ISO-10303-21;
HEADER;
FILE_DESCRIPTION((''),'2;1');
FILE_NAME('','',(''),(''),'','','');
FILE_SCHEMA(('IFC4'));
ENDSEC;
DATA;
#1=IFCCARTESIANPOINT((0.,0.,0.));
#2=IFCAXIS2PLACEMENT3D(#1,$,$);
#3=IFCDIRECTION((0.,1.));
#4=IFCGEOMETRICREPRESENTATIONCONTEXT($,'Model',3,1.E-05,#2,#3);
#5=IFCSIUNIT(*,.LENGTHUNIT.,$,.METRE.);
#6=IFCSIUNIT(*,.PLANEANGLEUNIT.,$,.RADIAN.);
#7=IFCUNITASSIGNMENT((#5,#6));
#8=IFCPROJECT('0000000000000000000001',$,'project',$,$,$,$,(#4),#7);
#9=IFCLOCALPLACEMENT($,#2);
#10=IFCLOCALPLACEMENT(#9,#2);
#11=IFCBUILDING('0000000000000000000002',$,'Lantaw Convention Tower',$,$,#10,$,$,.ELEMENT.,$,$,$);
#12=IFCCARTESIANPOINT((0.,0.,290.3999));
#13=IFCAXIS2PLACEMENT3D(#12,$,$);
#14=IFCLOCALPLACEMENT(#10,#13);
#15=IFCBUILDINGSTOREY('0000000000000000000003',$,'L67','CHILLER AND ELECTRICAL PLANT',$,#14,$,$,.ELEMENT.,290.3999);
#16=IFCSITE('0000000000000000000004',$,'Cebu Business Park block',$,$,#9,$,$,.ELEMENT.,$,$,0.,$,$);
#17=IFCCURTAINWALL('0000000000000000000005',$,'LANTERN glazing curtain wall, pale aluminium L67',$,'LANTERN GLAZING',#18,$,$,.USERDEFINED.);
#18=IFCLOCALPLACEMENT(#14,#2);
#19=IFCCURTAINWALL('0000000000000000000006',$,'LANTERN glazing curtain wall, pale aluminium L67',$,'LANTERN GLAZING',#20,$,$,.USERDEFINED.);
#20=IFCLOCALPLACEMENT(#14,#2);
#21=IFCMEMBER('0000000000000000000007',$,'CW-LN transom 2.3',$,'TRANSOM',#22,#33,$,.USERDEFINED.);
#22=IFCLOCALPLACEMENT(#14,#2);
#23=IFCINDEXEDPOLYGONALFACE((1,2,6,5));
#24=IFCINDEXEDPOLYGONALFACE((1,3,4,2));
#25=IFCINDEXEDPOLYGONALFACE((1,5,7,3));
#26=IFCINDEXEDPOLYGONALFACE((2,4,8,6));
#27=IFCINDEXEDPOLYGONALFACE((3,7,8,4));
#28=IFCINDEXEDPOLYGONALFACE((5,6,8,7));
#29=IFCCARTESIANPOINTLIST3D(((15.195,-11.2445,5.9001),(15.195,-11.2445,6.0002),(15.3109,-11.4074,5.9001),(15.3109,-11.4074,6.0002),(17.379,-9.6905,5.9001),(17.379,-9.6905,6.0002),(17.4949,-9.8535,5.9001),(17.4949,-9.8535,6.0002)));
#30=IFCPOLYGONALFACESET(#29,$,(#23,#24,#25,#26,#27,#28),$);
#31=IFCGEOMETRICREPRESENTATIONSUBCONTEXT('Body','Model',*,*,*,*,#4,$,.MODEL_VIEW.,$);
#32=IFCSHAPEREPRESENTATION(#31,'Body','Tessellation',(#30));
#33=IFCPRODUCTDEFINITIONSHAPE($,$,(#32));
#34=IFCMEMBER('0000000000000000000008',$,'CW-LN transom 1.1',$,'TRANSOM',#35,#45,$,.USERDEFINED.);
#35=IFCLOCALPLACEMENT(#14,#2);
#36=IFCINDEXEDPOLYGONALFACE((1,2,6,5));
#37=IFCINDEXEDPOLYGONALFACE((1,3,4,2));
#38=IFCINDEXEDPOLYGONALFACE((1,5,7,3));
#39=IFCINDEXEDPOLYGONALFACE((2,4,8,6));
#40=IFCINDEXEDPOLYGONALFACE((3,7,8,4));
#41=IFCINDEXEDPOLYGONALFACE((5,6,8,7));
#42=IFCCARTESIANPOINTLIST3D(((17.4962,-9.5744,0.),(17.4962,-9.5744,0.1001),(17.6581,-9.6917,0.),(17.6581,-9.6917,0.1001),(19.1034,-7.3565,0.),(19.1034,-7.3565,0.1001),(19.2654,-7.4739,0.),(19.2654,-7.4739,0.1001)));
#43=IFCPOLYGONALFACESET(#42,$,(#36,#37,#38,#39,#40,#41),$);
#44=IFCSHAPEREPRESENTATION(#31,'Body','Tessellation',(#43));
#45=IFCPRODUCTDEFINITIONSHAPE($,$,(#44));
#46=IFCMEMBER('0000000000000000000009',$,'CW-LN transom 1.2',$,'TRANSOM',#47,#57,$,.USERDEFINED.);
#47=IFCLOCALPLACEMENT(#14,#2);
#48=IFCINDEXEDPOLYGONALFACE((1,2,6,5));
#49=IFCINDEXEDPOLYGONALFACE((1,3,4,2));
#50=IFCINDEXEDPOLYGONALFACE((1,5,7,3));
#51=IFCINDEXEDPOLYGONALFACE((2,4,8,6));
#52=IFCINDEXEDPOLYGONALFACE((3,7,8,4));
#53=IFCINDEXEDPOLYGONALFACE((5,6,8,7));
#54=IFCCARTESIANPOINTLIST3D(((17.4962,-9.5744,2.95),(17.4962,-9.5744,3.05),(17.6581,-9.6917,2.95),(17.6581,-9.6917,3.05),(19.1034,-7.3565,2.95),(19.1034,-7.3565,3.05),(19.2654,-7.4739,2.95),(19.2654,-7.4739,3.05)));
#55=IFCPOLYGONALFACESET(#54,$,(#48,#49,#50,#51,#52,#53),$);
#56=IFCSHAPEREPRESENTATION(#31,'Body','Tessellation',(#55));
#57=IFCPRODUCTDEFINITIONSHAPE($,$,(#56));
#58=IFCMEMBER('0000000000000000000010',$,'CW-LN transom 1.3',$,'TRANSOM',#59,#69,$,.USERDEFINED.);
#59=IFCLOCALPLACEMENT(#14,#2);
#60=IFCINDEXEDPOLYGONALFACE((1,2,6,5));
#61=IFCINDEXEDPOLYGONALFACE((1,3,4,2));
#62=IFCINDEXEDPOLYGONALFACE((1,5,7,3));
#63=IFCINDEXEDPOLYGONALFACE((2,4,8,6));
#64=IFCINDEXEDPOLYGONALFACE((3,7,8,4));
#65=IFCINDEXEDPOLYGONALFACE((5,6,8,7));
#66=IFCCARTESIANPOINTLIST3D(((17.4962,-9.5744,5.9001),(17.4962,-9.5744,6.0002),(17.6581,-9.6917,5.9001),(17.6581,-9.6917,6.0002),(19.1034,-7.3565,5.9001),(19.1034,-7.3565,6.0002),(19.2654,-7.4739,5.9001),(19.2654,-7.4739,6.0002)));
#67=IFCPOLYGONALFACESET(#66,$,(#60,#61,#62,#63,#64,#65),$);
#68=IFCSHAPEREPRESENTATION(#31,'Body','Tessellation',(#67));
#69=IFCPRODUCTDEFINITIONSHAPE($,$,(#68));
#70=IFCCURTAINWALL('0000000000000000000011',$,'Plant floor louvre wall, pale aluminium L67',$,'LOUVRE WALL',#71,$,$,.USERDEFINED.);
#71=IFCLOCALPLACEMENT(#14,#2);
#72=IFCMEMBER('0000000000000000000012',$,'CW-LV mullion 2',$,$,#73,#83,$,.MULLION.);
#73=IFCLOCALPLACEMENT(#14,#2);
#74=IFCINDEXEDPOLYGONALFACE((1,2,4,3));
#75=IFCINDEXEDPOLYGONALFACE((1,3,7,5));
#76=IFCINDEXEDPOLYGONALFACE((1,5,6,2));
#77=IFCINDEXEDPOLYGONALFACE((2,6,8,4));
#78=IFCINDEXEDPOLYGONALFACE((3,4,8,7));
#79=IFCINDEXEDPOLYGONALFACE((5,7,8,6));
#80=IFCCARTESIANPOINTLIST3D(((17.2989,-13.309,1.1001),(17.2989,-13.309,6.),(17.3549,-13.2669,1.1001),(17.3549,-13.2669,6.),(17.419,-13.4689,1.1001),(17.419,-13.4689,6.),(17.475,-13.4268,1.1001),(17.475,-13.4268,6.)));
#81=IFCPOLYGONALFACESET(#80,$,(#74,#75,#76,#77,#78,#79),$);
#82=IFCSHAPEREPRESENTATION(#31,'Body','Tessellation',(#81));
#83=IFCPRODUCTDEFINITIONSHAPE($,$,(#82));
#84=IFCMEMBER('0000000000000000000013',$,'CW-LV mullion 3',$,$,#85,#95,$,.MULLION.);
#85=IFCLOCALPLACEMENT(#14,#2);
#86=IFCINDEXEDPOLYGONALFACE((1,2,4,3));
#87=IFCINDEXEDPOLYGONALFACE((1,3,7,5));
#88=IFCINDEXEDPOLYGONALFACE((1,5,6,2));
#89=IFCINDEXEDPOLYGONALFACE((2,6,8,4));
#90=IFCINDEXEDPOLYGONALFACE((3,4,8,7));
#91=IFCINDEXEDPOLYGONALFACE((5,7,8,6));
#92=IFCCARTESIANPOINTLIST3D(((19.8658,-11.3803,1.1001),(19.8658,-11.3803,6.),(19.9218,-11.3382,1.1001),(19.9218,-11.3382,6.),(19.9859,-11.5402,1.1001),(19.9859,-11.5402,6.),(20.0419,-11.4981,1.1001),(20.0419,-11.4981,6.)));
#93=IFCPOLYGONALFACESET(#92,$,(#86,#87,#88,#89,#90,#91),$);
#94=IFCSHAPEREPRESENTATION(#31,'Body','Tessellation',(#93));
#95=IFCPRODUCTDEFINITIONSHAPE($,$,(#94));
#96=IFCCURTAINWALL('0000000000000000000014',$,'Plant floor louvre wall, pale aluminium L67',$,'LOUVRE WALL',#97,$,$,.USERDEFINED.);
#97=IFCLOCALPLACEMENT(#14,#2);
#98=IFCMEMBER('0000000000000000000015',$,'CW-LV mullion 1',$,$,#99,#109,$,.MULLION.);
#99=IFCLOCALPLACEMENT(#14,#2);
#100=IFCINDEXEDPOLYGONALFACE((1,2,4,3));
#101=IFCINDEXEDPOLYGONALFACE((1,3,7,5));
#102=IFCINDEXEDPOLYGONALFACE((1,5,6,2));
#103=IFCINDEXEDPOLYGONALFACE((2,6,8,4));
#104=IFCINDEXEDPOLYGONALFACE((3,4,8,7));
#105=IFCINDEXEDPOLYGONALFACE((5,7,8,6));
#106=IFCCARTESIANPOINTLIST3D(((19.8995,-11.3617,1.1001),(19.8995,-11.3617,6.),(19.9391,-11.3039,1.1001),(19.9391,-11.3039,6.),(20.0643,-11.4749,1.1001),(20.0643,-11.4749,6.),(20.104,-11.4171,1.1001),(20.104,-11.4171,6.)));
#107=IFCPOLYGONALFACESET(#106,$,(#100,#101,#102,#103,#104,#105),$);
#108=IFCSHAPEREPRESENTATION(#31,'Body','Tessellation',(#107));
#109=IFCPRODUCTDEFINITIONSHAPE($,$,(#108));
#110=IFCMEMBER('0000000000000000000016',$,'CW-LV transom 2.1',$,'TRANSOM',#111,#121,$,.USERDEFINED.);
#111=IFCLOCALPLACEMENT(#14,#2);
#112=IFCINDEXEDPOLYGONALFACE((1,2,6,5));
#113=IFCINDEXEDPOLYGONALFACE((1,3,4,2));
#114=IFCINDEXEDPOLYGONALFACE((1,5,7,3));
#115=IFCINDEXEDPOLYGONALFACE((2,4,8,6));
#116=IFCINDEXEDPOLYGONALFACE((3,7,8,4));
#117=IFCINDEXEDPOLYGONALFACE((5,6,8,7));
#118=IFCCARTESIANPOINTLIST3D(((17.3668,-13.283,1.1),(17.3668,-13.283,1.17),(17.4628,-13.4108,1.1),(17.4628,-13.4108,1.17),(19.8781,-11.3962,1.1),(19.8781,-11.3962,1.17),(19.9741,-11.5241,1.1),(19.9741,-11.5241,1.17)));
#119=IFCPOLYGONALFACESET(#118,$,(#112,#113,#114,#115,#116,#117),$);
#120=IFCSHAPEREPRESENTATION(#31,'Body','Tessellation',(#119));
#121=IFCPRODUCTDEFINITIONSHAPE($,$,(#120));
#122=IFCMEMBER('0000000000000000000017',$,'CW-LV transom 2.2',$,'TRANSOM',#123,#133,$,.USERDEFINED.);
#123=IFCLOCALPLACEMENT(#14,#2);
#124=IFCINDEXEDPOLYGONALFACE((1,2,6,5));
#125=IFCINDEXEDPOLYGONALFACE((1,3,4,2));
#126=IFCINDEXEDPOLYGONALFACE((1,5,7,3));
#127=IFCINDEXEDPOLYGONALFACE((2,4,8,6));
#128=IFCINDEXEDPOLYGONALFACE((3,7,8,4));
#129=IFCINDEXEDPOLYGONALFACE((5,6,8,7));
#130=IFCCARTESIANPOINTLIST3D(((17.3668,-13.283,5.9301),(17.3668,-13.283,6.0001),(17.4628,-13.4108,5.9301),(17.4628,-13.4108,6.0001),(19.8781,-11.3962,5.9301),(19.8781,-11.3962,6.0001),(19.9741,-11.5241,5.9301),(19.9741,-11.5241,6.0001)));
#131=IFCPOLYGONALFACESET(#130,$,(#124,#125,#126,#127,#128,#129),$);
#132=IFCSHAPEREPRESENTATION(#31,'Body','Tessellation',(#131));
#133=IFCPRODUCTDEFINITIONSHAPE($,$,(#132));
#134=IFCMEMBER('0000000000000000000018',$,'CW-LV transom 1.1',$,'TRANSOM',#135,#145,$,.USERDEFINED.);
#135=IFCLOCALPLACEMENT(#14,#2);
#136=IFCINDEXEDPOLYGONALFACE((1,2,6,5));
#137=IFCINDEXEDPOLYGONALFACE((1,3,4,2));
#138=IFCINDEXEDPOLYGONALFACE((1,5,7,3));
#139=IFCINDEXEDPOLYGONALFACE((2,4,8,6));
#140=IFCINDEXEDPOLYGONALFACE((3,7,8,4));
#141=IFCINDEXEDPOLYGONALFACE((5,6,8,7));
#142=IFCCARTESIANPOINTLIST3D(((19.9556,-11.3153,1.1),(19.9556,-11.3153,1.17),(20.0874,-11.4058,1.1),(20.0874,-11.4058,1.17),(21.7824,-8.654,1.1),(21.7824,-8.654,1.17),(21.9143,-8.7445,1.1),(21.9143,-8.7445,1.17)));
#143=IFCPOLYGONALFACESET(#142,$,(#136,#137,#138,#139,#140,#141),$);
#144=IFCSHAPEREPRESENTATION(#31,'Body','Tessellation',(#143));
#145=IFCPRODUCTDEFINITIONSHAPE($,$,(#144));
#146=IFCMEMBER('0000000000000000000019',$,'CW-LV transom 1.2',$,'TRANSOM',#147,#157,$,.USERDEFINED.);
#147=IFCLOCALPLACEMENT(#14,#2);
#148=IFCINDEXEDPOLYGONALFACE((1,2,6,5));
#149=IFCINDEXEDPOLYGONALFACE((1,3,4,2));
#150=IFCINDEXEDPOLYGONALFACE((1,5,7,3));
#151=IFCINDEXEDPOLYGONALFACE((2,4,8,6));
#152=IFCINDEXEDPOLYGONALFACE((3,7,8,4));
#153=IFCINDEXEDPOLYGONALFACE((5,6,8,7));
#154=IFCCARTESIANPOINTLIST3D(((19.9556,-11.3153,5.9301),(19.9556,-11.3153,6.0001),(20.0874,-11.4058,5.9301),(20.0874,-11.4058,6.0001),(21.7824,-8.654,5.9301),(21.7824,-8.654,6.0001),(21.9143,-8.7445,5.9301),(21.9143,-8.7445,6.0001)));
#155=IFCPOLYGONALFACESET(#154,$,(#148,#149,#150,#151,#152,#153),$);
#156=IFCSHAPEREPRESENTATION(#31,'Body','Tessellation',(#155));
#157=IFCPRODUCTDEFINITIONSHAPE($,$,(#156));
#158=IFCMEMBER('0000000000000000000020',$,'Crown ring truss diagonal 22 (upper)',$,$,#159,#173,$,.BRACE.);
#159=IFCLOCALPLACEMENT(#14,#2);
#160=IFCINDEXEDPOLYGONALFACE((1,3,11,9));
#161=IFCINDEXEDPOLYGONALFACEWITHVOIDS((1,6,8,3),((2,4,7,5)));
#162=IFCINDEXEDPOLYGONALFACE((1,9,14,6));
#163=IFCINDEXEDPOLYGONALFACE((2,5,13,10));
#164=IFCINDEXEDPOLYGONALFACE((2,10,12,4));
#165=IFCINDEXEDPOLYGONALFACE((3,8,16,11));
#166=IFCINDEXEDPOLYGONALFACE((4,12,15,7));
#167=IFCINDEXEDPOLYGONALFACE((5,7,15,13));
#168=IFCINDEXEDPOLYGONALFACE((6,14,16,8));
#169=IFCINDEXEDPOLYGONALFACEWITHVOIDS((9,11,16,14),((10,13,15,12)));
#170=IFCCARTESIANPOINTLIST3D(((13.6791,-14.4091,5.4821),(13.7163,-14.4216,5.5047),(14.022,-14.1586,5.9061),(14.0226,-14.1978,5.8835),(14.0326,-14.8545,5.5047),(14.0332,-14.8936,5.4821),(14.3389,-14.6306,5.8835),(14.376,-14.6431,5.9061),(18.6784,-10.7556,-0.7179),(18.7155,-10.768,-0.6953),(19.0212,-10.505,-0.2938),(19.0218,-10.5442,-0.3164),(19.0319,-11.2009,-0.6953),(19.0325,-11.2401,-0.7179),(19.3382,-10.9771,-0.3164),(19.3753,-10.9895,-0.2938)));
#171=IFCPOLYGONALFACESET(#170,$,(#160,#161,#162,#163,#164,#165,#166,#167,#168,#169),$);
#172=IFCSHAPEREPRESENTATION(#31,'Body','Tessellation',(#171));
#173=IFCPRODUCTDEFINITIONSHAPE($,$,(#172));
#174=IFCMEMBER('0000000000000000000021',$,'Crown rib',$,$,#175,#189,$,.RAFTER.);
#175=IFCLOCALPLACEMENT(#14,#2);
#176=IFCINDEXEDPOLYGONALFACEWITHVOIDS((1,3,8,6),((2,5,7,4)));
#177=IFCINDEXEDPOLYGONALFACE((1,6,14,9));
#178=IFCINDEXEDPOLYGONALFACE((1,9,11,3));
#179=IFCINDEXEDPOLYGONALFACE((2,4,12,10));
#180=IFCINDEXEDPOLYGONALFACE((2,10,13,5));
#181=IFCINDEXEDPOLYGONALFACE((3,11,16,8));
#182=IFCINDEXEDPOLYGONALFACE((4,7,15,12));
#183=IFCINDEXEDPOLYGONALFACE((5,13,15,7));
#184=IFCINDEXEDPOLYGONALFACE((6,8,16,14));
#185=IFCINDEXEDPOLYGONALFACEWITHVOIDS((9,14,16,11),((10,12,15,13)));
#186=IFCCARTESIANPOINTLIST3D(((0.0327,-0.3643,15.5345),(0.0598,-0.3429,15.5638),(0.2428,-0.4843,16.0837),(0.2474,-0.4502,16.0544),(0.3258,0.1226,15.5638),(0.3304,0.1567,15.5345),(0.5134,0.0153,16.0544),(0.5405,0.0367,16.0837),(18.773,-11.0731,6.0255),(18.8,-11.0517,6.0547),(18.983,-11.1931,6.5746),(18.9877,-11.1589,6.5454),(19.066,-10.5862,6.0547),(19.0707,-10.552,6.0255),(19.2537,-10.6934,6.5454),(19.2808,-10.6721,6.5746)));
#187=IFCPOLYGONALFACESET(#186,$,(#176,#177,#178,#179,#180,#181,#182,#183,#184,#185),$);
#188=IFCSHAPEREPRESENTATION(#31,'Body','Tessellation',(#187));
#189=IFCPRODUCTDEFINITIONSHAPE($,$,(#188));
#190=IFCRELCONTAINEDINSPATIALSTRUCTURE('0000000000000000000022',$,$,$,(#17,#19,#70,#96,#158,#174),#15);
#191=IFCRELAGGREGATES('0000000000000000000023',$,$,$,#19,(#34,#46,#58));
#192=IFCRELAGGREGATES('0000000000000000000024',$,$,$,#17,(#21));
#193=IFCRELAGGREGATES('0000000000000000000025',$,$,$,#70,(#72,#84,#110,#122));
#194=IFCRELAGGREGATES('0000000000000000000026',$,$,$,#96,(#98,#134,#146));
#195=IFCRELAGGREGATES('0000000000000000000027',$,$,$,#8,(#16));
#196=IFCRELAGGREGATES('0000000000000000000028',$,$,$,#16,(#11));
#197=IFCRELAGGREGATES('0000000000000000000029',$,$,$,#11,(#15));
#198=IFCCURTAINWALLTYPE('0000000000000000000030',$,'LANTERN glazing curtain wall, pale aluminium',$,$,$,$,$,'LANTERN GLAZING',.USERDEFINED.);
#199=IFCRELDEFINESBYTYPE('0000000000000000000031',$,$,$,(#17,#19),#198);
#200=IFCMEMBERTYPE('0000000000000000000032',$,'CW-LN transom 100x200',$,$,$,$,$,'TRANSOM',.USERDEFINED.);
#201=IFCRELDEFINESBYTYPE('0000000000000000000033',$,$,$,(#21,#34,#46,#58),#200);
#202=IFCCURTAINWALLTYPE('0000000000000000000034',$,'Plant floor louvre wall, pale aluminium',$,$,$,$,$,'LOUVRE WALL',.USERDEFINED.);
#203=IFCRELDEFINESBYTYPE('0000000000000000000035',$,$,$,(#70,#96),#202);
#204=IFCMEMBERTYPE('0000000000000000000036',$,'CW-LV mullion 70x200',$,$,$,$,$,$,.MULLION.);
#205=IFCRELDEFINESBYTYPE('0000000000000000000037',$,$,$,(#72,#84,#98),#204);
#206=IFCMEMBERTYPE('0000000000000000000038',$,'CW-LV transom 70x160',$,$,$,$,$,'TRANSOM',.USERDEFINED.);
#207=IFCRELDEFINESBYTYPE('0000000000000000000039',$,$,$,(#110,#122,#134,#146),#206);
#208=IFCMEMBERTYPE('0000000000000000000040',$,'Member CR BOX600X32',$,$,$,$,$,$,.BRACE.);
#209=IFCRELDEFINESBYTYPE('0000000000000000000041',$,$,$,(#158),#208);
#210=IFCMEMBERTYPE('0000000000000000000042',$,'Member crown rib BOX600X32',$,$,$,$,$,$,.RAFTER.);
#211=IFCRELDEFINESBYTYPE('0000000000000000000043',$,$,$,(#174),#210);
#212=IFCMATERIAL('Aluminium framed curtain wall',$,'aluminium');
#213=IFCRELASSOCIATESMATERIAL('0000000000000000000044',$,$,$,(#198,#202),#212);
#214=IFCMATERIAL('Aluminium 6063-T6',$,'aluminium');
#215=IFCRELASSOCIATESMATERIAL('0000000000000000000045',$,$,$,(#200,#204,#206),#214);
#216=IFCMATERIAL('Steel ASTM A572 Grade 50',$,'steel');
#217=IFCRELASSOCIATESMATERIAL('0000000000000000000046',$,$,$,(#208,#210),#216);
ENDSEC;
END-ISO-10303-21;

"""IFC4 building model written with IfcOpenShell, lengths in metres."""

from ifc_helpers import new_model, si_unit, direction, frame, origin, origin_2d, place, context, subcontext, project, spatial, rectangle, hollow_rectangle, extrude, material, material_profile, profile_set, type_object, element, aggregate, save


model = new_model("IFC4")

# Units and contexts
model_context = context("Model", 3, precision=1e-05, world=origin(), true_north=direction((0.0, 1.0)))
body_context = subcontext(model_context, "Body", "Model", "MODEL_VIEW")
ifc_project = project(units=[si_unit("LENGTHUNIT", "METRE"), si_unit("PLANEANGLEUNIT", "RADIAN")], contexts=[model_context])

# Site, building, storey
site_placement = place(None, origin())
site = spatial("IfcSite", under=ifc_project, at=site_placement, Name="Cebu Business Park block", CompositionType="ELEMENT", RefElevation=0.0)
building_placement = place(site_placement, origin())
building = spatial("IfcBuilding", under=site, at=building_placement, Name="Lantaw Convention Tower", CompositionType="ELEMENT")
storey_placement = place(building_placement, frame((0.0, 0.0, 290.3999)))
storey = spatial("IfcBuildingStorey", under=building, at=storey_placement, Name="L67", Description="CHILLER AND ELECTRICAL PLANT", CompositionType="ELEMENT", Elevation=290.3999)

# Shared definitions
ifc_material_1 = material(Name="Steel ASTM A572 Grade 50", Category="steel")

# Curtain walls
ifc_material_2 = material(Name="Aluminium framed curtain wall", Category="aluminium")
curtain_wall_type_1 = type_object("IfcCurtainWallType", Name="LANTERN glazing curtain wall, pale aluminium", ElementType="LANTERN GLAZING", PredefinedType="USERDEFINED", material=ifc_material_2)
curtain_wall_1_placement = place(storey_placement, origin())
curtain_wall_1 = element("IfcCurtainWall", 1, at=curtain_wall_1_placement, inside=storey, type_object=curtain_wall_type_1, Name="LANTERN glazing curtain wall, pale aluminium L67", ObjectType="LANTERN GLAZING", PredefinedType="USERDEFINED")
ifc_material_3 = material(Name="Aluminium 6063-T6", Category="aluminium")
curtain_wall_2_placement = place(storey_placement, origin())
curtain_wall_2 = element("IfcCurtainWall", 2, at=curtain_wall_2_placement, inside=storey, type_object=curtain_wall_type_1, Name="LANTERN glazing curtain wall, pale aluminium L67", ObjectType="LANTERN GLAZING", PredefinedType="USERDEFINED")

# Members
ifc_material_profile_1 = material_profile(ifc_material_3, rectangle(XDim=0.2, YDim=0.1001, at=origin_2d()), Name="CW-LN transom 100x200")
ifc_profile_set_1 = profile_set([ifc_material_profile_1], Name="Aluminium 6063-T6")
member_type_1 = type_object("IfcMemberType", Name="CW-LN transom 100x200", ElementType="TRANSOM", PredefinedType="USERDEFINED", material=ifc_profile_set_1)
member_1_placement = place(storey_placement, frame((15.2529, -11.3259, 5.9502), z_axis=(0.814809, 0.579729, 0.0), x_axis=(-0.579729, 0.814809, 0.0)))
member_1 = element("IfcMember", 3, at=member_1_placement, type_object=member_type_1, Name="CW-LN transom 2.3", ObjectType="TRANSOM", PredefinedType="USERDEFINED", context=body_context, shape_type="SweptSolid", body=[
    extrude(rectangle(XDim=0.2, YDim=0.1001, at=origin_2d()), origin(), (0.0, 0.0, 1.0), 2.6804),
])
member_2_placement = place(storey_placement, frame((17.5771, -9.6331, 0.05), z_axis=(0.586798, 0.809733, 0.0), x_axis=(-0.809733, 0.586798, 0.0)))
member_2 = element("IfcMember", 4, at=member_2_placement, type_object=member_type_1, Name="CW-LN transom 1.1", ObjectType="TRANSOM", PredefinedType="USERDEFINED", context=body_context, shape_type="SweptSolid", body=[
    extrude(rectangle(XDim=0.2, YDim=0.1001, at=origin_2d()), origin(), (0.0, 0.0, 1.0), 2.739),
])
member_3_placement = place(storey_placement, frame((17.5771, -9.6331, 3.0), z_axis=(0.586798, 0.809733, 0.0), x_axis=(-0.809733, 0.586798, 0.0)))
member_3 = element("IfcMember", 5, at=member_3_placement, type_object=member_type_1, Name="CW-LN transom 1.2", ObjectType="TRANSOM", PredefinedType="USERDEFINED", context=body_context, shape_type="SweptSolid", body=[
    extrude(rectangle(XDim=0.2, YDim=0.1001, at=origin_2d()), origin(), (0.0, 0.0, 1.0), 2.739),
])
member_4_placement = place(storey_placement, frame((17.5771, -9.6331, 5.9502), z_axis=(0.586798, 0.809733, 0.0), x_axis=(-0.809733, 0.586798, 0.0)))
member_4 = element("IfcMember", 6, at=member_4_placement, type_object=member_type_1, Name="CW-LN transom 1.3", ObjectType="TRANSOM", PredefinedType="USERDEFINED", context=body_context, shape_type="SweptSolid", body=[
    extrude(rectangle(XDim=0.2, YDim=0.1001, at=origin_2d()), origin(), (0.0, 0.0, 1.0), 2.739),
])
aggregate(curtain_wall_2, [member_2, member_3, member_4])

# Curtain wall, members
curtain_wall_type_2 = type_object("IfcCurtainWallType", Name="Plant floor louvre wall, pale aluminium", ElementType="LOUVRE WALL", PredefinedType="USERDEFINED", material=ifc_material_2)
curtain_wall_3_placement = place(storey_placement, origin())
curtain_wall_3 = element("IfcCurtainWall", 7, at=curtain_wall_3_placement, inside=storey, type_object=curtain_wall_type_2, Name="Plant floor louvre wall, pale aluminium L67", ObjectType="LOUVRE WALL", PredefinedType="USERDEFINED")
ifc_material_profile_2 = material_profile(ifc_material_3, rectangle(XDim=0.2, YDim=0.0701, at=origin_2d()), Name="CW-LV mullion 70x200")
ifc_profile_set_2 = profile_set([ifc_material_profile_2], Name="Aluminium 6063-T6")
member_type_2 = type_object("IfcMemberType", Name="CW-LV mullion 70x200", PredefinedType="MULLION", material=ifc_profile_set_2)
member_5_placement = place(storey_placement, frame((17.387, -13.3679, 1.1001), z_axis=(0.0, 0.0, 1.0), x_axis=(-0.600643, 0.799518, 0.0)))
member_5 = element("IfcMember", 8, at=member_5_placement, type_object=member_type_2, Name="CW-LV mullion 2", PredefinedType="MULLION", context=body_context, shape_type="SweptSolid", body=[
    extrude(rectangle(XDim=0.2, YDim=0.0701, at=origin_2d()), origin(), (0.0, 0.0, 1.0), 4.8999),
])
member_6_placement = place(storey_placement, frame((19.9539, -11.4392, 1.1001), z_axis=(0.0, 0.0, 1.0), x_axis=(-0.600643, 0.799518, 0.0)))
member_6 = element("IfcMember", 9, at=member_6_placement, type_object=member_type_2, Name="CW-LV mullion 3", PredefinedType="MULLION", context=body_context, shape_type="SweptSolid", body=[
    extrude(rectangle(XDim=0.2, YDim=0.0701, at=origin_2d()), origin(), (0.0, 0.0, 1.0), 4.8999),
])

# Curtain wall, member
curtain_wall_4_placement = place(storey_placement, origin())
curtain_wall_4 = element("IfcCurtainWall", 10, at=curtain_wall_4_placement, inside=storey, type_object=curtain_wall_type_2, Name="Plant floor louvre wall, pale aluminium L67", ObjectType="LOUVRE WALL", PredefinedType="USERDEFINED")
member_7_placement = place(storey_placement, frame((20.0017, -11.3894, 1.1001), z_axis=(0.0, 0.0, 1.0), x_axis=(-0.82445, 0.565935, 0.0)))
member_7 = element("IfcMember", 11, at=member_7_placement, type_object=member_type_2, Name="CW-LV mullion 1", PredefinedType="MULLION", context=body_context, shape_type="SweptSolid", body=[
    extrude(rectangle(XDim=0.2, YDim=0.0701, at=origin_2d()), origin(), (0.0, 0.0, 1.0), 4.8999),
])

# Members
ifc_material_profile_3 = material_profile(ifc_material_3, rectangle(XDim=0.1599, YDim=0.0701, at=origin_2d()), Name="CW-LV transom 70x160")
ifc_profile_set_3 = profile_set([ifc_material_profile_3], Name="Aluminium 6063-T6")
member_type_3 = type_object("IfcMemberType", Name="CW-LV transom 70x160", ElementType="TRANSOM", PredefinedType="USERDEFINED", material=ifc_profile_set_3)
member_8_placement = place(storey_placement, frame((17.4148, -13.3469, 1.135), z_axis=(0.799496, 0.600671, 0.0), x_axis=(-0.600671, 0.799496, 0.0)))
member_8 = element("IfcMember", 12, at=member_8_placement, type_object=member_type_3, Name="CW-LV transom 2.1", ObjectType="TRANSOM", PredefinedType="USERDEFINED", context=body_context, shape_type="SweptSolid", body=[
    extrude(rectangle(XDim=0.1599, YDim=0.0701, at=origin_2d()), origin(), (0.0, 0.0, 1.0), 3.1411),
])
member_9_placement = place(storey_placement, frame((17.4148, -13.3469, 5.9651), z_axis=(0.799496, 0.600671, 0.0), x_axis=(-0.600671, 0.799496, 0.0)))
member_9 = element("IfcMember", 13, at=member_9_placement, type_object=member_type_3, Name="CW-LV transom 2.2", ObjectType="TRANSOM", PredefinedType="USERDEFINED", context=body_context, shape_type="SweptSolid", body=[
    extrude(rectangle(XDim=0.1599, YDim=0.0701, at=origin_2d()), origin(), (0.0, 0.0, 1.0), 3.1411),
])
member_10_placement = place(storey_placement, frame((20.0215, -11.3606, 1.135), z_axis=(0.565941, 0.824446, 0.0), x_axis=(-0.824446, 0.565941, 0.0)))
member_10 = element("IfcMember", 14, at=member_10_placement, type_object=member_type_3, Name="CW-LV transom 1.1", ObjectType="TRANSOM", PredefinedType="USERDEFINED", context=body_context, shape_type="SweptSolid", body=[
    extrude(rectangle(XDim=0.1599, YDim=0.0701, at=origin_2d()), origin(), (0.0, 0.0, 1.0), 3.228),
])
member_11_placement = place(storey_placement, frame((20.0215, -11.3606, 5.9651), z_axis=(0.565941, 0.824446, 0.0), x_axis=(-0.824446, 0.565941, 0.0)))
member_11 = element("IfcMember", 15, at=member_11_placement, type_object=member_type_3, Name="CW-LV transom 1.2", ObjectType="TRANSOM", PredefinedType="USERDEFINED", context=body_context, shape_type="SweptSolid", body=[
    extrude(rectangle(XDim=0.1599, YDim=0.0701, at=origin_2d()), origin(), (0.0, 0.0, 1.0), 3.228),
])

# Members
ifc_material_profile_4 = material_profile(ifc_material_1, hollow_rectangle(XDim=0.6001, YDim=0.6001, WallThickness=0.032, at=origin_2d()), Name="BOX600X32")
ifc_profile_set_4 = profile_set([ifc_material_profile_4], Name="Steel ASTM A572 Grade 50")
member_type_4 = type_object("IfcMemberType", Name="Member CR BOX600X32", PredefinedType="BRACE", material=ifc_profile_set_4)
member_12_placement = place(storey_placement, frame((19.0269, -10.8726, -0.5059), z_axis=(-0.570533, -0.416957, 0.707559), x_axis=(0.590043, -0.807372, 0.0)))
element("IfcMember", 16, at=member_12_placement, inside=storey, type_object=member_type_4, Name="Crown ring truss diagonal 22 (upper)", PredefinedType="BRACE", context=body_context, shape_type="SweptSolid", body=[
    extrude(hollow_rectangle(XDim=0.6001, YDim=0.6001, WallThickness=0.032, at=origin_2d()), origin(), (0.0, 0.0, 1.0), 8.7625),
])
ifc_material_profile_5 = material_profile(ifc_material_1, hollow_rectangle(XDim=0.6001, YDim=0.6001, WallThickness=0.032, at=origin_2d()), Name="BOX600X32")
ifc_profile_set_5 = profile_set([ifc_material_profile_5], Name="Steel ASTM A572 Grade 50")
member_type_5 = type_object("IfcMemberType", Name="Member crown rib BOX600X32", PredefinedType="RAFTER", material=ifc_profile_set_5)
member_13_placement = place(storey_placement, frame((19.0269, -10.8726, 6.3), z_axis=(-0.794552, 0.454031, 0.403166), x_axis=(-0.49614, -0.868242, 0.0)))
element("IfcMember", 17, at=member_13_placement, inside=storey, type_object=member_type_5, Name="Crown rib", PredefinedType="RAFTER", context=body_context, shape_type="SweptSolid", body=[
    extrude(hollow_rectangle(XDim=0.6001, YDim=0.6001, WallThickness=0.032, at=origin_2d()), origin(), (0.0, 0.0, 1.0), 23.5859),
])

aggregate(curtain_wall_1, [member_1])
aggregate(curtain_wall_3, [member_5, member_6, member_8, member_9])
aggregate(curtain_wall_4, [member_7, member_10, member_11])

save(model, "model.ifc")
